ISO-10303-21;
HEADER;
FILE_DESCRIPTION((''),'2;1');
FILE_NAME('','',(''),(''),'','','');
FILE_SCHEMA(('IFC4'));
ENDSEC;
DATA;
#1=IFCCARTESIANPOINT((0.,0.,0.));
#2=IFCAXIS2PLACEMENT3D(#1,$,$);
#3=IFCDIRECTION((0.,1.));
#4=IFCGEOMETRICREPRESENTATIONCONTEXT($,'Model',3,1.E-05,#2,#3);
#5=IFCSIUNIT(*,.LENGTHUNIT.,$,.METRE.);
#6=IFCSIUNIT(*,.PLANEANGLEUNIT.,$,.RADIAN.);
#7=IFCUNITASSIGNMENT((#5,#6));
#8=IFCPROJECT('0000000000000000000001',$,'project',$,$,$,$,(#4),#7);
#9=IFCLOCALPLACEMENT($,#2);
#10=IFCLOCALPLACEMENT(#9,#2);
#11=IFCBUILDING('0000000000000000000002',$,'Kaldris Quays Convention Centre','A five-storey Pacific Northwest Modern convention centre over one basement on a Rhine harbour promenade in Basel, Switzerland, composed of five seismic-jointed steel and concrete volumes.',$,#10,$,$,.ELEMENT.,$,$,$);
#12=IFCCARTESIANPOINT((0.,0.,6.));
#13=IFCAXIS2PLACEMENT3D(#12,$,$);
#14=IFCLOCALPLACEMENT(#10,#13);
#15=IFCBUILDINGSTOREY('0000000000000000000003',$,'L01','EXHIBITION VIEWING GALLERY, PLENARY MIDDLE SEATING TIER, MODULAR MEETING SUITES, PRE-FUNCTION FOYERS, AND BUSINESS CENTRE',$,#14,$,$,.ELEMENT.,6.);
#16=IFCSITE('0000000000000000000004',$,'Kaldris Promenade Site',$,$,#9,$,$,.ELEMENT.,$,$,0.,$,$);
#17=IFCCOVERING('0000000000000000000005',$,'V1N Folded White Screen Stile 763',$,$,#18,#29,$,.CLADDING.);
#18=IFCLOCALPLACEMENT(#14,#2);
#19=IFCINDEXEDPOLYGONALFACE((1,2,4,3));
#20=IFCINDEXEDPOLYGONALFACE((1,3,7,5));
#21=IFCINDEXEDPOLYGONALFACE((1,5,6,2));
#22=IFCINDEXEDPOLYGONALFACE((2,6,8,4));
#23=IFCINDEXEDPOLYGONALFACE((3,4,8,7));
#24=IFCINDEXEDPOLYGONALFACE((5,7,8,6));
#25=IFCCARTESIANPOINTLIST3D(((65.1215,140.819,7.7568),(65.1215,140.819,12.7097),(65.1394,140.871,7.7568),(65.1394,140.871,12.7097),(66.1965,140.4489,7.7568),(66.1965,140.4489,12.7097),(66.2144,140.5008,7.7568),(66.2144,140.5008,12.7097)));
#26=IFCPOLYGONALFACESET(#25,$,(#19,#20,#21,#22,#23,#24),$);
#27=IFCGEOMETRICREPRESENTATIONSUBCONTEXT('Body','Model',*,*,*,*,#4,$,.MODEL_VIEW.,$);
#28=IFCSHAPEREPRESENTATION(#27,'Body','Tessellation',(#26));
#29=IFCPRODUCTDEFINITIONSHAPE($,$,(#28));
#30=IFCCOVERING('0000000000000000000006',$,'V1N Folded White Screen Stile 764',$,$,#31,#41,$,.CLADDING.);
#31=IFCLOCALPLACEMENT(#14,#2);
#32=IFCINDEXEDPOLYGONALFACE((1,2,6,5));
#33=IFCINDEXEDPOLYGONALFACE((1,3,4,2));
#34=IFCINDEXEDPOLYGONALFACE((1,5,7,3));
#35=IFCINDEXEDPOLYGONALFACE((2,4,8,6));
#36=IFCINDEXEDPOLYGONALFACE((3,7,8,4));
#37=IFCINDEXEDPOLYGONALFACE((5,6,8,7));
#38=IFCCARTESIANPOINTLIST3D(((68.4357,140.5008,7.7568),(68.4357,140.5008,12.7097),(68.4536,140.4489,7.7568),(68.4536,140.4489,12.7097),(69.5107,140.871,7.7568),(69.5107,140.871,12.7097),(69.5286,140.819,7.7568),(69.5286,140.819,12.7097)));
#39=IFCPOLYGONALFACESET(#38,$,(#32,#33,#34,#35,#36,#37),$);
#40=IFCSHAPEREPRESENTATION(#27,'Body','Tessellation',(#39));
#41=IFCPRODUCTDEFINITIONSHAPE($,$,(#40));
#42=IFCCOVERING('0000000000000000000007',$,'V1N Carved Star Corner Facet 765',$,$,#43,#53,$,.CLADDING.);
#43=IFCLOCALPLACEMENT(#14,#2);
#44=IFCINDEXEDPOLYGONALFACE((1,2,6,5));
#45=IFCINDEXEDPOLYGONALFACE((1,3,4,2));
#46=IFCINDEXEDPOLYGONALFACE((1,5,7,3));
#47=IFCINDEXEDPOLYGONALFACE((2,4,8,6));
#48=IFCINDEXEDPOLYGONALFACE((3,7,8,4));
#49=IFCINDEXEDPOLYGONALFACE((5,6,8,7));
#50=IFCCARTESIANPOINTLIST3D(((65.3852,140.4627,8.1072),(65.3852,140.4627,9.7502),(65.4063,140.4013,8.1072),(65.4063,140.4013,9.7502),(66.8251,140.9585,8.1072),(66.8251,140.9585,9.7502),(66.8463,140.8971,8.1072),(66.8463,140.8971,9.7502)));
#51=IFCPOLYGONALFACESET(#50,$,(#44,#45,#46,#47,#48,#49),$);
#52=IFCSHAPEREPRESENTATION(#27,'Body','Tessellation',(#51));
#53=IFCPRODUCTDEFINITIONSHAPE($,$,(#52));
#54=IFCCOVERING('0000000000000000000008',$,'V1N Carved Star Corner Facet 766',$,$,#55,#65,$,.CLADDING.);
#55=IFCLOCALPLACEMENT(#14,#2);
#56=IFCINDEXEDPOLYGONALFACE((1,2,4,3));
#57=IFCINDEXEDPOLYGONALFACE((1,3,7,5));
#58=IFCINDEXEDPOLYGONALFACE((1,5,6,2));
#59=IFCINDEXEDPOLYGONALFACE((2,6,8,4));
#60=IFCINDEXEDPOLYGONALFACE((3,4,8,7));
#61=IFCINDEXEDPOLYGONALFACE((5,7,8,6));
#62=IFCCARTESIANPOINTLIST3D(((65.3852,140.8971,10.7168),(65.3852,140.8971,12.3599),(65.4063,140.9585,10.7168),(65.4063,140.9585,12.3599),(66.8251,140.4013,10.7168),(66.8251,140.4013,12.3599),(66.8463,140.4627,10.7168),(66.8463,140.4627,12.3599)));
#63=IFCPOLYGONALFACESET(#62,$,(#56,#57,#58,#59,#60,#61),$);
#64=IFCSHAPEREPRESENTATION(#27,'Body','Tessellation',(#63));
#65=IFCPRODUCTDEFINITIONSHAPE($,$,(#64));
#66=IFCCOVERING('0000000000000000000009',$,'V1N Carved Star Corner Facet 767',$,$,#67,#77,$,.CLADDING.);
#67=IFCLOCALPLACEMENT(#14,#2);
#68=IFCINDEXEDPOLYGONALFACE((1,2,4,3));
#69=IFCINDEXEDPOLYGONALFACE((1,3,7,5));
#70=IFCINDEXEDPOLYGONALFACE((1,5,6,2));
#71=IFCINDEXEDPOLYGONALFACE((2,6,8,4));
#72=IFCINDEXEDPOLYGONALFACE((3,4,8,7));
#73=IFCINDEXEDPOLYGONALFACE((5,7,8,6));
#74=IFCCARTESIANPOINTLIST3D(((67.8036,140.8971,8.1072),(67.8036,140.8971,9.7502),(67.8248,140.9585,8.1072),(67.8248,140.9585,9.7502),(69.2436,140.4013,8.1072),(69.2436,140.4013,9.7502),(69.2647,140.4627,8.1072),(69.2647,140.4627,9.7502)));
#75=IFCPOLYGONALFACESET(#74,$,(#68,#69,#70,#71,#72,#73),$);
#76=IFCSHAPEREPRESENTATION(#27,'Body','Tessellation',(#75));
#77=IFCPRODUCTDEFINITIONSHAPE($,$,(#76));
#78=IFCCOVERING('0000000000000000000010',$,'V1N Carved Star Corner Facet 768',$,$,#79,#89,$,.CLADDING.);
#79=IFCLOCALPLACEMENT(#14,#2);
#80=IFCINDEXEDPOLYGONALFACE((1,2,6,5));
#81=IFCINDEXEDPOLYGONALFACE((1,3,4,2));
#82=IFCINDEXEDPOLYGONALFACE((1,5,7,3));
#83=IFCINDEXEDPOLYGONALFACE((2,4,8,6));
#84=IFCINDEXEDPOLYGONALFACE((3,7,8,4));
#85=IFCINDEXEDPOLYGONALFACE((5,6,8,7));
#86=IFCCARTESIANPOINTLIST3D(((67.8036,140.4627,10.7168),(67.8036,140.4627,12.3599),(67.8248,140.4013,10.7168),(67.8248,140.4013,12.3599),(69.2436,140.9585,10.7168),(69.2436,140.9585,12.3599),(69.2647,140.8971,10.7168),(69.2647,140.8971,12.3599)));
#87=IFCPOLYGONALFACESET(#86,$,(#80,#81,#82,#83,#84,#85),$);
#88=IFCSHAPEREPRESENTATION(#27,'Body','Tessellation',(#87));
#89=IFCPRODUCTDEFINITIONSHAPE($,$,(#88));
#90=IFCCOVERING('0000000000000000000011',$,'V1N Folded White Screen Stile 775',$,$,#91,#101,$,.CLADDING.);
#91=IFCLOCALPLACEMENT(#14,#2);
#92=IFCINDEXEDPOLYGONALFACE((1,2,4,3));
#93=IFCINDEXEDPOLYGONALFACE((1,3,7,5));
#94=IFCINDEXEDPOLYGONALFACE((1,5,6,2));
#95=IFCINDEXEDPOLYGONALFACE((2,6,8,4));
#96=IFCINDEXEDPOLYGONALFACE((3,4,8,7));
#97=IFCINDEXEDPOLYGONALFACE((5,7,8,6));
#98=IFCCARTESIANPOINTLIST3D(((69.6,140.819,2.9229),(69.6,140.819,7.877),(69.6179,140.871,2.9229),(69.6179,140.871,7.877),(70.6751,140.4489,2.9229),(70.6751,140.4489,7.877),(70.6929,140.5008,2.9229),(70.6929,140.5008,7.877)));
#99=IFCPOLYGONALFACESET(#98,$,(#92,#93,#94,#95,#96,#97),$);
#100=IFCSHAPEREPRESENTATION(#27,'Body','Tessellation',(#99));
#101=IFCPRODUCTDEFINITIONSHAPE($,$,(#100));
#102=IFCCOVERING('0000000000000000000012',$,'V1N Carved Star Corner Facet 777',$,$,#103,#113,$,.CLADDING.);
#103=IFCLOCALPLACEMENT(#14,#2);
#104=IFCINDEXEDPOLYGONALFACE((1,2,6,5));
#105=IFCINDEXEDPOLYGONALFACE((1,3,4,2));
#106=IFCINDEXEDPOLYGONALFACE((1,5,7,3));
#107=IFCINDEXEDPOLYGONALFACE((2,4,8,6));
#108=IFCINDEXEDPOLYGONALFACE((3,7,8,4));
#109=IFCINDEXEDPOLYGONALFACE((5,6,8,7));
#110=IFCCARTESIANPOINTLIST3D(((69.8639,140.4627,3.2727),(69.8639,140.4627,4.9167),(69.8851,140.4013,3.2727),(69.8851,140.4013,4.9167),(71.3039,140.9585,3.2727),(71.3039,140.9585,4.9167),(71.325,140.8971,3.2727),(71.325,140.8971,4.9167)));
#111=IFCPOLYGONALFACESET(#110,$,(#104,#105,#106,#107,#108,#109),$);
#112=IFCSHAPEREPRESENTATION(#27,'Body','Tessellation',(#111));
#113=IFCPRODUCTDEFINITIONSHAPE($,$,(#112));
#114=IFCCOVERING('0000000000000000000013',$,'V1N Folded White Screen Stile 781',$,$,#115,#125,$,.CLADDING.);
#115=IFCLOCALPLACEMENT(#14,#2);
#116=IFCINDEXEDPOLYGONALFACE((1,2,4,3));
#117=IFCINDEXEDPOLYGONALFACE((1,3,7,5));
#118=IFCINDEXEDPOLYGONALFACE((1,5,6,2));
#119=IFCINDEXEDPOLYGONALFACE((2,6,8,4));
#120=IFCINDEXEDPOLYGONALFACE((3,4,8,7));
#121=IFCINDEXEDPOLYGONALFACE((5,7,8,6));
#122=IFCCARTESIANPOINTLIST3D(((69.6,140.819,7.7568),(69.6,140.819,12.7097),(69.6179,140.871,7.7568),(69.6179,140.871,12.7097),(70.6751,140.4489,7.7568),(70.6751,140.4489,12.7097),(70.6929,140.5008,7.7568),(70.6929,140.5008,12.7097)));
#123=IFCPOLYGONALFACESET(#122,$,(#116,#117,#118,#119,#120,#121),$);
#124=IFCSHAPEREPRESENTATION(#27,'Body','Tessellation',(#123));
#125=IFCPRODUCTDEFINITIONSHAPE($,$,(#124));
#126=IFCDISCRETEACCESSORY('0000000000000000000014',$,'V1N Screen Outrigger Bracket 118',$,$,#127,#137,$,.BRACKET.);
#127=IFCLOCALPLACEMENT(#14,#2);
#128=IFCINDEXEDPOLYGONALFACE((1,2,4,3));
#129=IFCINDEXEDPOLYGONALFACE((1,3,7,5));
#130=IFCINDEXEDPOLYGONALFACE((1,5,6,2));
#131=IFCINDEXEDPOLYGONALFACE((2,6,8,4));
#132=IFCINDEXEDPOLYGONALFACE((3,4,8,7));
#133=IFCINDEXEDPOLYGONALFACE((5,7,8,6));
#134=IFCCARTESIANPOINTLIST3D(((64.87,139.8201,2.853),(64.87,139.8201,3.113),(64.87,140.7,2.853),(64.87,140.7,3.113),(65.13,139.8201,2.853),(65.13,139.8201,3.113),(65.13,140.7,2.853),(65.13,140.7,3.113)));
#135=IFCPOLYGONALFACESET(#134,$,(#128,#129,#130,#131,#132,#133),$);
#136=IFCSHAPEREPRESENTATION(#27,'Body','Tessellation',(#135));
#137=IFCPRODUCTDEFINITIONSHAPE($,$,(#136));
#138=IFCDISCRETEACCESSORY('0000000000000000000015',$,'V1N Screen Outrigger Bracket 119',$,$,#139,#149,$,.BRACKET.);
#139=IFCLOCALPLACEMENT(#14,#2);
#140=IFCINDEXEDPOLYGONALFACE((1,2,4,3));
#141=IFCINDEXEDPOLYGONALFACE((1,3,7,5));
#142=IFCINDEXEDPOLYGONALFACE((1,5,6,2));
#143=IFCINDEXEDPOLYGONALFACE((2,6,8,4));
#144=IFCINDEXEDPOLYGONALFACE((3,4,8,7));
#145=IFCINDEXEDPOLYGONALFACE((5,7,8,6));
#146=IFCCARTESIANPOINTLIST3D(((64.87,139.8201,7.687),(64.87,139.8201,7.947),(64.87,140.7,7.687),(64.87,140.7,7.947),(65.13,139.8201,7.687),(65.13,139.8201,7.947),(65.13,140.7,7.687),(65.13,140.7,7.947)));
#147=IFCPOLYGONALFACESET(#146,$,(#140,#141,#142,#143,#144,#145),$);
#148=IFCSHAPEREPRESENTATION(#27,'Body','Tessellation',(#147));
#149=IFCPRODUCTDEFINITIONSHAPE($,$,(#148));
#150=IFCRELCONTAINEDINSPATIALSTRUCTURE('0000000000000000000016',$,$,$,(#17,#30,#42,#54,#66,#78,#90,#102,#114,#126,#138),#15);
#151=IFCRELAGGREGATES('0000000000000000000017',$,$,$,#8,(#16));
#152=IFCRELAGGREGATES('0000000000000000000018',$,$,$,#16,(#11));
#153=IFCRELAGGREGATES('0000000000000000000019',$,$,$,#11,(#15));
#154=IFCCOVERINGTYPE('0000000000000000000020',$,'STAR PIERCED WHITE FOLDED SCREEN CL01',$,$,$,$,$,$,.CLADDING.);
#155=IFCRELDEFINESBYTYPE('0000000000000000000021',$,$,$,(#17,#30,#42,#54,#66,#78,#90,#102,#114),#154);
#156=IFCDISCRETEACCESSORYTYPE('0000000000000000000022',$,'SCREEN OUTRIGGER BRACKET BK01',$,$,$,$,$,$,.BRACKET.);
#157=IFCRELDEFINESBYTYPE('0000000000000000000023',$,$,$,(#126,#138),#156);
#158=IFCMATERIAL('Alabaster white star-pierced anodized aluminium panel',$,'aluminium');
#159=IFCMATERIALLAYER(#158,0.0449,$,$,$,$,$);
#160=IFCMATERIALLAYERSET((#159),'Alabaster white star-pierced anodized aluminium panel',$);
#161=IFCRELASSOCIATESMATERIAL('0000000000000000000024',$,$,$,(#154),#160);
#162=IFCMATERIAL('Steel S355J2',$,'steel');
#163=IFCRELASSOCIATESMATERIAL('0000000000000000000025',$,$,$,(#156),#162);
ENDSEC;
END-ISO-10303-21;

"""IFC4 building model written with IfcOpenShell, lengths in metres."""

from ifc_helpers import new_model, si_unit, direction, frame, origin, origin_2d, place, context, subcontext, project, spatial, rectangle, extrude, material, layer, layer_set, type_object, element, save


model = new_model("IFC4")

# Units and contexts
model_context = context("Model", 3, precision=1e-05, world=origin(), true_north=direction((0.0, 1.0)))
body_context = subcontext(model_context, "Body", "Model", "MODEL_VIEW")
ifc_project = project(units=[si_unit("LENGTHUNIT", "METRE"), si_unit("PLANEANGLEUNIT", "RADIAN")], contexts=[model_context])

# Site, building, storey
site_placement = place(None, origin())
site = spatial("IfcSite", under=ifc_project, at=site_placement, Name="Kaldris Promenade Site", CompositionType="ELEMENT", RefElevation=0.0)
building_placement = place(site_placement, origin())
building = spatial("IfcBuilding", under=site, at=building_placement, Name="Kaldris Quays Convention Centre", Description="A five-storey Pacific Northwest Modern convention centre over one basement on a Rhine harbour promenade in Basel, Switzerland, composed of five seismic-jointed steel and concrete volumes.", CompositionType="ELEMENT")
storey_placement = place(building_placement, frame((0.0, 0.0, 6.0)))
storey = spatial("IfcBuildingStorey", under=building, at=storey_placement, Name="L01", Description="EXHIBITION VIEWING GALLERY, PLENARY MIDDLE SEATING TIER, MODULAR MEETING SUITES, PRE-FUNCTION FOYERS, AND BUSINESS CENTRE", CompositionType="ELEMENT", Elevation=6.0)

# Coverings
ifc_material_1 = material(Name="Alabaster white star-pierced anodized aluminium panel", Category="aluminium")
ifc_layer = layer(ifc_material_1, 0.0449)
ifc_layer_set = layer_set([ifc_layer], Name="Alabaster white star-pierced anodized aluminium panel")
covering_type = type_object("IfcCoveringType", Name="STAR PIERCED WHITE FOLDED SCREEN CL01", PredefinedType="CLADDING", material=ifc_layer_set)
for number, where, z_axis, x_axis, name in (
    (1, (65.668, 140.6599, 7.7568), (0.0, 0.0, 1.0), (0.945519, -0.325568, 0.0), "V1N Folded White Screen Stile 763"),
    (2, (68.9822, 140.6599, 7.7568), (0.0, 0.0, 1.0), (0.945519, 0.325568, 0.0), "V1N Folded White Screen Stile 764"),
):
    element("IfcCovering", number, at=place(storey_placement, frame(where, z_axis=z_axis, x_axis=x_axis)), inside=storey, type_object=covering_type, Name=name, PredefinedType="CLADDING", context=body_context, shape_type="SweptSolid", body=[
        extrude(rectangle(XDim=1.137, YDim=0.0549, at=origin_2d()), origin(), (0.0, 0.0, 1.0), 4.9529),
    ])
for number, where, z_axis, x_axis, name in (
    (3, (66.1157, 140.6799, 8.1072), (0.0, 0.0, 1.0), (0.945519, 0.325568, 0.0), "V1N Carved Star Corner Facet 765"),
    (4, (66.1157, 140.6799, 10.7168), (0.0, 0.0, 1.0), (0.945519, -0.325568, 0.0), "V1N Carved Star Corner Facet 766"),
    (5, (68.5342, 140.6799, 8.1072), (0.0, 0.0, 1.0), (0.945519, -0.325568, 0.0), "V1N Carved Star Corner Facet 767"),
    (6, (68.5342, 140.6799, 10.7168), (0.0, 0.0, 1.0), (0.945519, 0.325568, 0.0), "V1N Carved Star Corner Facet 768"),
):
    element("IfcCovering", number, at=place(storey_placement, frame(where, z_axis=z_axis, x_axis=x_axis)), inside=storey, type_object=covering_type, Name=name, PredefinedType="CLADDING", context=body_context, shape_type="SweptSolid", body=[
        extrude(rectangle(XDim=1.5229, YDim=0.0649, at=origin_2d()), origin(), (0.0, 0.0, 1.0), 1.6431),
    ])
covering_1_placement = place(storey_placement, frame((70.1465, 140.6599, 2.9229), z_axis=(0.0, 0.0, 1.0), x_axis=(0.945519, -0.325568, 0.0)))
element("IfcCovering", 7, at=covering_1_placement, inside=storey, type_object=covering_type, Name="V1N Folded White Screen Stile 775", PredefinedType="CLADDING", context=body_context, shape_type="SweptSolid", body=[
    extrude(rectangle(XDim=1.137, YDim=0.0549, at=origin_2d()), origin(), (0.0, 0.0, 1.0), 4.9541),
])
covering_2_placement = place(storey_placement, frame((70.5945, 140.6799, 3.2727), z_axis=(0.0, 0.0, 1.0), x_axis=(0.945519, 0.325568, 0.0)))
element("IfcCovering", 8, at=covering_2_placement, inside=storey, type_object=covering_type, Name="V1N Carved Star Corner Facet 777", PredefinedType="CLADDING", context=body_context, shape_type="SweptSolid", body=[
    extrude(rectangle(XDim=1.5229, YDim=0.0649, at=origin_2d()), origin(), (0.0, 0.0, 1.0), 1.644),
])
covering_3_placement = place(storey_placement, frame((70.1465, 140.6599, 7.7568), z_axis=(0.0, 0.0, 1.0), x_axis=(0.945519, -0.325568, 0.0)))
element("IfcCovering", 9, at=covering_3_placement, inside=storey, type_object=covering_type, Name="V1N Folded White Screen Stile 781", PredefinedType="CLADDING", context=body_context, shape_type="SweptSolid", body=[
    extrude(rectangle(XDim=1.137, YDim=0.0549, at=origin_2d()), origin(), (0.0, 0.0, 1.0), 4.9529),
])

# Discrete accessories
ifc_material_2 = material(Name="Steel S355J2", Category="steel")
discrete_accessory_type = type_object("IfcDiscreteAccessoryType", Name="SCREEN OUTRIGGER BRACKET BK01", PredefinedType="BRACKET", material=ifc_material_2)
for number, where, z_axis, x_axis, name in (
    (10, (65.0, 140.26, 2.853), (0.0, 0.0, 1.0), (1.0, 0.0, 0.0), "V1N Screen Outrigger Bracket 118"),
    (11, (65.0, 140.26, 7.687), (0.0, 0.0, 1.0), (1.0, 0.0, 0.0), "V1N Screen Outrigger Bracket 119"),
):
    element("IfcDiscreteAccessory", number, at=place(storey_placement, frame(where, z_axis=z_axis, x_axis=x_axis)), inside=storey, type_object=discrete_accessory_type, Name=name, PredefinedType="BRACKET", context=body_context, shape_type="SweptSolid", body=[
        extrude(rectangle(XDim=0.26, YDim=0.8799, at=origin_2d()), origin(), (0.0, 0.0, 1.0), 0.26),
    ])

save(model, "model.ifc")
